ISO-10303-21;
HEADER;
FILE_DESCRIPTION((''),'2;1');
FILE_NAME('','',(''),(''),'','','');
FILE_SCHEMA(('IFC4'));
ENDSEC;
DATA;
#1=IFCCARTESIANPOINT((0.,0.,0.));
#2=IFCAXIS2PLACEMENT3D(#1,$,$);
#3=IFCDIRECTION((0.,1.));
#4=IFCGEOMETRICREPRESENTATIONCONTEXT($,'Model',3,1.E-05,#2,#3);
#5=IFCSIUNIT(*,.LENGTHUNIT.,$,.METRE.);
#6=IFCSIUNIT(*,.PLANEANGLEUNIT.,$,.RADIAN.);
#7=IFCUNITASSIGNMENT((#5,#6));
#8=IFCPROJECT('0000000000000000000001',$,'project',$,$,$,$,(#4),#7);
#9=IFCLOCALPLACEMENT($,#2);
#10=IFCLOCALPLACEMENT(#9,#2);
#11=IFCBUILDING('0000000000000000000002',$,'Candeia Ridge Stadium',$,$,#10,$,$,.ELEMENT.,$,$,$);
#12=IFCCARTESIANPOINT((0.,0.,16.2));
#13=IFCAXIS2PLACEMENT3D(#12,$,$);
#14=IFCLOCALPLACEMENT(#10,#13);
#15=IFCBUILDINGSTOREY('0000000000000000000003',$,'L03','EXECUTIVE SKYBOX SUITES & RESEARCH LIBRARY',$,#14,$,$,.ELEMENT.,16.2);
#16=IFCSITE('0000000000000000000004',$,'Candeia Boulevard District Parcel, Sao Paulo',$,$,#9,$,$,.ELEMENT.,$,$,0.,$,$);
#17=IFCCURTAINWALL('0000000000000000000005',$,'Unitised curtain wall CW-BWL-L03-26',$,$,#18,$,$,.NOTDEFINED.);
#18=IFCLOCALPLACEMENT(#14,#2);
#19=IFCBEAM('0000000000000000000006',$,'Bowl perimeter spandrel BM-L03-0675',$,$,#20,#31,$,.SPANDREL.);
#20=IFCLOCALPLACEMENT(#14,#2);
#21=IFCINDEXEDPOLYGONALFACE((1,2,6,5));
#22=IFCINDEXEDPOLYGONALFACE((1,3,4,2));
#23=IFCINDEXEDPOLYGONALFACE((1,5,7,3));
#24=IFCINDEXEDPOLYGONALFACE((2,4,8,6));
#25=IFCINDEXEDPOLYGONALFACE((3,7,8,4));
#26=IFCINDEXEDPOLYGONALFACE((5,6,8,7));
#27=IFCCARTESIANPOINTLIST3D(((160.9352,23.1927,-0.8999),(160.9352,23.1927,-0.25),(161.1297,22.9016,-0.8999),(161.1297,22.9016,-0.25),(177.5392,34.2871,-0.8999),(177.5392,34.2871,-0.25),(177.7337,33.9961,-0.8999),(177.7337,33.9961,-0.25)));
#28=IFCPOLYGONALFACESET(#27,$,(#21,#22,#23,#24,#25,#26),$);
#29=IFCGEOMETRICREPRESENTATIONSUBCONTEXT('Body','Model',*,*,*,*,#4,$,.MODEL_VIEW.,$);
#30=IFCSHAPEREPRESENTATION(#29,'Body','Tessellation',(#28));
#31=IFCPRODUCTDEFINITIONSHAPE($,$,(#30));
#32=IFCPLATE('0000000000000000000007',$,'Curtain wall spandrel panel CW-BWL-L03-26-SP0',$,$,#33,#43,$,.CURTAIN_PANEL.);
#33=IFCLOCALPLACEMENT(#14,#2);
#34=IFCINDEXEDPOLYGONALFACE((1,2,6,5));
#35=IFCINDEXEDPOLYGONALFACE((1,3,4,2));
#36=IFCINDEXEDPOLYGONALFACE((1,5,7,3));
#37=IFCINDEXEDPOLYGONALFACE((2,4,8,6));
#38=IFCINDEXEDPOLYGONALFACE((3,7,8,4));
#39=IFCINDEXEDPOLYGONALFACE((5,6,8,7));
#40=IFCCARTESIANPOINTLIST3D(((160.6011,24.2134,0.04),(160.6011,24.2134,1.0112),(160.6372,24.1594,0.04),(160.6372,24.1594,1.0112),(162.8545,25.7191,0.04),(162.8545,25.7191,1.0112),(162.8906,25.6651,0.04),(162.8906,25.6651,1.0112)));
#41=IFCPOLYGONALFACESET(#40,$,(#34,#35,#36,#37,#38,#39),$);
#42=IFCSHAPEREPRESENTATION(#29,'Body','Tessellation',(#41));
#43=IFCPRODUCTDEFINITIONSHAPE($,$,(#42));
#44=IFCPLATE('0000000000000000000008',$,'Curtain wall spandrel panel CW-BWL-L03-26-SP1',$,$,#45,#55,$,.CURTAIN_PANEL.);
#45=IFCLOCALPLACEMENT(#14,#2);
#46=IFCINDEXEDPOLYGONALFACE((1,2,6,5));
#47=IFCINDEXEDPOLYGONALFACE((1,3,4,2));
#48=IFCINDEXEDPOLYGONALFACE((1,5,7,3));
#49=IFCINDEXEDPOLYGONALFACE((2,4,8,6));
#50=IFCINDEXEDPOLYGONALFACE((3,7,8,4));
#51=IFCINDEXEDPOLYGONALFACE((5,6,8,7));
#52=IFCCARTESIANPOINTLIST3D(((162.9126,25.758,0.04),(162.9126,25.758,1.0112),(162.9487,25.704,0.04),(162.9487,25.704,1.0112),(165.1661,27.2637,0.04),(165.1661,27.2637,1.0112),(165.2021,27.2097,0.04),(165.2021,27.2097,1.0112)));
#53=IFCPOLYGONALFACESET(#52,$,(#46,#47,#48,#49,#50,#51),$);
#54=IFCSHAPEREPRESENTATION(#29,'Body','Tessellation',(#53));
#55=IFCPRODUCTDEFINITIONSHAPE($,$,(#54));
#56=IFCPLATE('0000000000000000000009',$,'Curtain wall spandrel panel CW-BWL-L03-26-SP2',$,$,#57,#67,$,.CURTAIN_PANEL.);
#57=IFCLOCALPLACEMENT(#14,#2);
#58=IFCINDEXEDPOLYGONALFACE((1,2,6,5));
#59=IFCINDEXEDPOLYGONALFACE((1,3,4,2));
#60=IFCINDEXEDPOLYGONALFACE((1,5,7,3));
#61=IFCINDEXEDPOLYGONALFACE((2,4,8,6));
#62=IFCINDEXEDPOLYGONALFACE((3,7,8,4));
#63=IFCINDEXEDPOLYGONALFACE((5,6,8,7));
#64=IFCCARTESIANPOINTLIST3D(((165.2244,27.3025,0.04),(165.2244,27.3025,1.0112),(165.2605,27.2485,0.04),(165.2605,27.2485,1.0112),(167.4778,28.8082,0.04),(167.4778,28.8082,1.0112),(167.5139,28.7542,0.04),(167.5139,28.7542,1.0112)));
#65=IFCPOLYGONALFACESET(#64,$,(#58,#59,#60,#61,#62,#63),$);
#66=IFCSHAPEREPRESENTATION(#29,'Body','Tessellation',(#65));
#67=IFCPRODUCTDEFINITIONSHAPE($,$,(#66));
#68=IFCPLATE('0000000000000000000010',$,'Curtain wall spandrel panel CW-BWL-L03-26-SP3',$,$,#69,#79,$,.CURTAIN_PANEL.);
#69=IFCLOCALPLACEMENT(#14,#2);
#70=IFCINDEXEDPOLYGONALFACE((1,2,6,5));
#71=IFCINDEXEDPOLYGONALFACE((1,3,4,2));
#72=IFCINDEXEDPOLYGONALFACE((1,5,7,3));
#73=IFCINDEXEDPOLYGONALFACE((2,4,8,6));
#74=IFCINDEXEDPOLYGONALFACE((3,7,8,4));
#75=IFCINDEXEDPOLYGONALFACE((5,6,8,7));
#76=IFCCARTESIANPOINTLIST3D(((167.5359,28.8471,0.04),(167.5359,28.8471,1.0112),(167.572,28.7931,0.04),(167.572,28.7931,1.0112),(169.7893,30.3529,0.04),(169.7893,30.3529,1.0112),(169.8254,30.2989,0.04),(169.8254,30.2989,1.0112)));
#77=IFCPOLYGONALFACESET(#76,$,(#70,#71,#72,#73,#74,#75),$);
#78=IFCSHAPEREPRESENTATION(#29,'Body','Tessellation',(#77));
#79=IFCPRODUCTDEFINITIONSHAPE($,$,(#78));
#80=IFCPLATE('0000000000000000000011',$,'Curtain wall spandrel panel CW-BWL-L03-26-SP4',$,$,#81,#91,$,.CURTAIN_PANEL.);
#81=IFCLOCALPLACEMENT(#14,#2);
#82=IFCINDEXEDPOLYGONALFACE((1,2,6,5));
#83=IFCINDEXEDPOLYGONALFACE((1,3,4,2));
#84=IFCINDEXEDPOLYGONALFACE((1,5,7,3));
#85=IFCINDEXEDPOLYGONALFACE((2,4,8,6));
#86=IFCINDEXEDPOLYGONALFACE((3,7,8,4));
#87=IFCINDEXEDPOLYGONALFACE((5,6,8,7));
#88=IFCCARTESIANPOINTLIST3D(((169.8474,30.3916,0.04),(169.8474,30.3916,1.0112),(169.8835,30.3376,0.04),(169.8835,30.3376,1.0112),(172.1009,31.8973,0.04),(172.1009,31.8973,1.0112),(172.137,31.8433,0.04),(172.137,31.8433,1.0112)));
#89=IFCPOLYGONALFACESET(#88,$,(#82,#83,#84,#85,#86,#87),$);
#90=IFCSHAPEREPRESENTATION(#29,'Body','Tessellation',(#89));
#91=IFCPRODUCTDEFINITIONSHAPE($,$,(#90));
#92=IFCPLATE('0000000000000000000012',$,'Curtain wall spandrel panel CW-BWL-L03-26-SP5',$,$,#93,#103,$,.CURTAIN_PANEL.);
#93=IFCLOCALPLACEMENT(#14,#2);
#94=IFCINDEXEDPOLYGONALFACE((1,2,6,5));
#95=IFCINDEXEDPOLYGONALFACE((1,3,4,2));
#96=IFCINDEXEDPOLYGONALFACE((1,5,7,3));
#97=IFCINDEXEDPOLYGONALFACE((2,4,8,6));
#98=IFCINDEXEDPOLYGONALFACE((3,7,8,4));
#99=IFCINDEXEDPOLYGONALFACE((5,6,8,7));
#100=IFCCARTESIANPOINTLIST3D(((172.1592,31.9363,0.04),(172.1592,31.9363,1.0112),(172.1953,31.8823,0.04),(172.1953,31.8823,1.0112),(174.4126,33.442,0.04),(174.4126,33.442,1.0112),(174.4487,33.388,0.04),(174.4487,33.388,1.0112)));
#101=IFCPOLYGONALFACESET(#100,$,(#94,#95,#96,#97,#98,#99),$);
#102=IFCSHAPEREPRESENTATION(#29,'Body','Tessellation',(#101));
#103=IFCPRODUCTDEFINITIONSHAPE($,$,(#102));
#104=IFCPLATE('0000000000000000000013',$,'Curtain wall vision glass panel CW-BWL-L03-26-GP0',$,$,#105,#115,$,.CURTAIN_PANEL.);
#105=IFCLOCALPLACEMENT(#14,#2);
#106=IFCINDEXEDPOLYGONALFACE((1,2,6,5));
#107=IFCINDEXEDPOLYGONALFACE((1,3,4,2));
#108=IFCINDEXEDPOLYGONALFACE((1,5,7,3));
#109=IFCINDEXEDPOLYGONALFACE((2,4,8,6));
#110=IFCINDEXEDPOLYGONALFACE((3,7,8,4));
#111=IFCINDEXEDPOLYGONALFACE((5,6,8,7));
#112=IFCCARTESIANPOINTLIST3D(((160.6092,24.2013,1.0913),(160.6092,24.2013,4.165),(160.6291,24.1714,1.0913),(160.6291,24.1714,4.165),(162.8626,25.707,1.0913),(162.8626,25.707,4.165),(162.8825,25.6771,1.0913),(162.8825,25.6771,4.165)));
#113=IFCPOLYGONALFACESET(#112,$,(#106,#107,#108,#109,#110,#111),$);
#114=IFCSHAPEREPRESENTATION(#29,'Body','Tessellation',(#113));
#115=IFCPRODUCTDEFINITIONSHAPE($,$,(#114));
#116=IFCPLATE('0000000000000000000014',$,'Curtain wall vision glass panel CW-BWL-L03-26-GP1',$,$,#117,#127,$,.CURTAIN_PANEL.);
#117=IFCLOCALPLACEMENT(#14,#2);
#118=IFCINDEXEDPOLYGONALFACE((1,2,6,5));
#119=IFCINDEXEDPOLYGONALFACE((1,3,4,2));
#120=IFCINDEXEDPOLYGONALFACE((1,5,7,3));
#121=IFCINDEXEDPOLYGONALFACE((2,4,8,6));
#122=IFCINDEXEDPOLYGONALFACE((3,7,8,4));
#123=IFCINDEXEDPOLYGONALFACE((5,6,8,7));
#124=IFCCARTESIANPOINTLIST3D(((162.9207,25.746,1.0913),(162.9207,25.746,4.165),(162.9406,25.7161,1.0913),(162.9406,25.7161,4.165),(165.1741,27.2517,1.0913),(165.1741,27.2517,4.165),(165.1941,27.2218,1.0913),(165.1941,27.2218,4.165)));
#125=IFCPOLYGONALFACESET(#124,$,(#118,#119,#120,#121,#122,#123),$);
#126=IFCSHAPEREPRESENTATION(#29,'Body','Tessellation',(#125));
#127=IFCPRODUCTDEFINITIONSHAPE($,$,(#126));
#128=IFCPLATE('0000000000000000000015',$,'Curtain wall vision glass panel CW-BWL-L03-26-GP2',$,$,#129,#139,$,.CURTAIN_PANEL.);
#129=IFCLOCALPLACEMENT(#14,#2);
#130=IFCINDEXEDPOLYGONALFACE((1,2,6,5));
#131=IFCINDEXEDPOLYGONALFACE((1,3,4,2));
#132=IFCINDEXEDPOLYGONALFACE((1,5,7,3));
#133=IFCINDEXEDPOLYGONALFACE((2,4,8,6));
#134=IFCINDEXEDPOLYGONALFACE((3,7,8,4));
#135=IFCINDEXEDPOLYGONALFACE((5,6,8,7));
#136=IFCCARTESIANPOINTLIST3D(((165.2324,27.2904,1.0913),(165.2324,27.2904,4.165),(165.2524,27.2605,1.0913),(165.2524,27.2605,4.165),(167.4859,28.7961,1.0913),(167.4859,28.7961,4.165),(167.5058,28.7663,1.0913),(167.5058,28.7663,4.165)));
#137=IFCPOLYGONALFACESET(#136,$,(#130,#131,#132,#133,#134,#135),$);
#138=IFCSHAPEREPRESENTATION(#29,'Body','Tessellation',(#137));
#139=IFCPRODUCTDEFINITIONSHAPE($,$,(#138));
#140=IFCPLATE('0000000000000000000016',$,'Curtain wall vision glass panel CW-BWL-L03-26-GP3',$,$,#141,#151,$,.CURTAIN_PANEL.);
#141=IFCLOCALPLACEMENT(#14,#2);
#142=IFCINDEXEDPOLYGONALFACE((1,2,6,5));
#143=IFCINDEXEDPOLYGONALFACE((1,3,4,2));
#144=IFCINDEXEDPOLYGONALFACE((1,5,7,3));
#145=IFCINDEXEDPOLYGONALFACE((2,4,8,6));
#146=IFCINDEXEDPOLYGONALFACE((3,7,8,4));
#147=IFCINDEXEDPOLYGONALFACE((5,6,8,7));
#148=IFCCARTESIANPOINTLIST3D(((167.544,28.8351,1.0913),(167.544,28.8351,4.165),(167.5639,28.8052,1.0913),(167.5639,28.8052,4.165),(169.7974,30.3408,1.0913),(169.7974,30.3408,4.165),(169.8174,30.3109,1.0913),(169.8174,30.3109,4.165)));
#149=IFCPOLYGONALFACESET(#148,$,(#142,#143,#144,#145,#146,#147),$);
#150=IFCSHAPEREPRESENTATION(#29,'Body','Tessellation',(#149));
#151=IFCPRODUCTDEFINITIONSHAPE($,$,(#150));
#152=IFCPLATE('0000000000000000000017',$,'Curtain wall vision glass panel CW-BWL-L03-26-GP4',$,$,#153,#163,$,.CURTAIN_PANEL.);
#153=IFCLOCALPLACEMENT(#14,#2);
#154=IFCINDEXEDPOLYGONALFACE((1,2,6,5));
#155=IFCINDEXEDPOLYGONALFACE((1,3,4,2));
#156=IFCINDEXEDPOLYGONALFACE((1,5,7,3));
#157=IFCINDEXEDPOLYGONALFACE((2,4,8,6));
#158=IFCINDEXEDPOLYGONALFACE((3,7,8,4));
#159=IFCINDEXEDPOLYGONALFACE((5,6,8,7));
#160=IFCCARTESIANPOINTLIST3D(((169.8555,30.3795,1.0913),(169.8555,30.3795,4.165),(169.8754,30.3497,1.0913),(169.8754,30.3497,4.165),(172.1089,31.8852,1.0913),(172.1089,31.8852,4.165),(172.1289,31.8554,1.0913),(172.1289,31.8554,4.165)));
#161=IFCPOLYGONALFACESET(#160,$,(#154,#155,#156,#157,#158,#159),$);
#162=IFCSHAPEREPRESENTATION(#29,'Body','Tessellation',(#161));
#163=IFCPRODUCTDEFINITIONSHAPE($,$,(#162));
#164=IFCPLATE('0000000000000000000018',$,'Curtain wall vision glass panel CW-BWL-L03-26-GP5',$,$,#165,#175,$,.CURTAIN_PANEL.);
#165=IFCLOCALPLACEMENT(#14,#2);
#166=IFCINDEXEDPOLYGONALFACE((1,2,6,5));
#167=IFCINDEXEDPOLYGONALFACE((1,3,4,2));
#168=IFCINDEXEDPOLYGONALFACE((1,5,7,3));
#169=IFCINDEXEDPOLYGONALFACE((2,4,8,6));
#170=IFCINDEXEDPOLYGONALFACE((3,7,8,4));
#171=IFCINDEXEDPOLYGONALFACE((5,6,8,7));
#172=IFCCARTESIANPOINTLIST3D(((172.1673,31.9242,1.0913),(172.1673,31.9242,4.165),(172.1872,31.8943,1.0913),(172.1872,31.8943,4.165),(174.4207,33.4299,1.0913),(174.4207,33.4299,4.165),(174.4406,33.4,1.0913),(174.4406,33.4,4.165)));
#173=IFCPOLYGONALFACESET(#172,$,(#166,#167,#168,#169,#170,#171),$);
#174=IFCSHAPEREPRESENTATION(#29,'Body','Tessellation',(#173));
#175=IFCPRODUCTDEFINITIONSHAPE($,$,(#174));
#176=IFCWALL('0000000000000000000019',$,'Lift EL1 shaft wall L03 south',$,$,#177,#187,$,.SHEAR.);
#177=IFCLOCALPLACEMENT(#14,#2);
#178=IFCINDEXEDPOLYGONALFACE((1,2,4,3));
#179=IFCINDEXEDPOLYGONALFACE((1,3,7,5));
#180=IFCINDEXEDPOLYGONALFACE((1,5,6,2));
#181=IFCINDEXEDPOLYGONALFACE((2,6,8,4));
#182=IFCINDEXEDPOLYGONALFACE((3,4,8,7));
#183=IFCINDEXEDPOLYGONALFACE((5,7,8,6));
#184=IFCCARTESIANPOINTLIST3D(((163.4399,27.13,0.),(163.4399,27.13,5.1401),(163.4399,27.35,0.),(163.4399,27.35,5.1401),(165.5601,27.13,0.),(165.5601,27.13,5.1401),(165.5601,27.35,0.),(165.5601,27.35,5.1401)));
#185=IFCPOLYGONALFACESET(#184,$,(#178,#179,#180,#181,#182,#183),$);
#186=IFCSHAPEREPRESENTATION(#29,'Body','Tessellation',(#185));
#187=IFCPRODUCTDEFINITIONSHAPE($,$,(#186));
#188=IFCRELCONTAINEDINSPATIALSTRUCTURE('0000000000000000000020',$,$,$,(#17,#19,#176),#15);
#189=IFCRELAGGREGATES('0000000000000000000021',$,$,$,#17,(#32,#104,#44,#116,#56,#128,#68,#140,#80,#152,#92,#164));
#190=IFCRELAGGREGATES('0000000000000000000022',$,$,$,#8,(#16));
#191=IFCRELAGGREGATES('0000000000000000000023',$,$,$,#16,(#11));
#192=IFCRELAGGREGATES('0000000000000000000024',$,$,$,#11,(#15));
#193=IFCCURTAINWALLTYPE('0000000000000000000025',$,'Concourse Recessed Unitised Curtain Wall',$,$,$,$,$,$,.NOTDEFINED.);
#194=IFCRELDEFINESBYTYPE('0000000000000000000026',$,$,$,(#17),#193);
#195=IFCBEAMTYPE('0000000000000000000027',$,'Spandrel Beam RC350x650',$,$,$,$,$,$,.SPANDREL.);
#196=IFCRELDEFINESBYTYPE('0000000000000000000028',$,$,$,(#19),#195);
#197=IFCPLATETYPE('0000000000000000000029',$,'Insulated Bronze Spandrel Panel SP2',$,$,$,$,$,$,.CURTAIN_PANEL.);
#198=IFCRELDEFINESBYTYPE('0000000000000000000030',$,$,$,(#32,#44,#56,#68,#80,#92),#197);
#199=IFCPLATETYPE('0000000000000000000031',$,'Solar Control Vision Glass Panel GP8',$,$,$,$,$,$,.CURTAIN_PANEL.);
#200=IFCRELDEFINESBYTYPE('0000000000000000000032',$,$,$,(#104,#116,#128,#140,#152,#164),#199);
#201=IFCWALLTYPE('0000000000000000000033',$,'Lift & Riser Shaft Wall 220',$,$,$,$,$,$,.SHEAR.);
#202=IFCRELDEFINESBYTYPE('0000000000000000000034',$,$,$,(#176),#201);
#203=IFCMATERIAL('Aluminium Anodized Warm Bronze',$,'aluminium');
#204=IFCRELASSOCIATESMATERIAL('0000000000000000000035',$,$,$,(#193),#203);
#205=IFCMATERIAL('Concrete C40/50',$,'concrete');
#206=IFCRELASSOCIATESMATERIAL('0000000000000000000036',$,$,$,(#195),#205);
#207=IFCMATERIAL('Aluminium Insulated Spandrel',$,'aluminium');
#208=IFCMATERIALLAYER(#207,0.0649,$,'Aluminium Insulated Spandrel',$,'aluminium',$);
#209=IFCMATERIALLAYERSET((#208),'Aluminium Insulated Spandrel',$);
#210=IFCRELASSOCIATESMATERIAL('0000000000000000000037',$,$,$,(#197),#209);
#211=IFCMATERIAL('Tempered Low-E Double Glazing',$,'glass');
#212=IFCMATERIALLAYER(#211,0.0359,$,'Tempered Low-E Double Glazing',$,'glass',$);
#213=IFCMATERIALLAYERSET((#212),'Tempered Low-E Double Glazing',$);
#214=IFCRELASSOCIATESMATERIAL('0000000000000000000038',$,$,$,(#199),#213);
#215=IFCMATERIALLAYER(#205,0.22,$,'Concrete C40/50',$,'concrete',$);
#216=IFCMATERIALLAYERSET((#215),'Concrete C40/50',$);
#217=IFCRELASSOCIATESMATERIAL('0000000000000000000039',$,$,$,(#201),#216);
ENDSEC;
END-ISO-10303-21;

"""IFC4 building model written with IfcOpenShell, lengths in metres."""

from ifc_helpers import new_model, si_unit, direction, frame, frame_2d, origin, origin_2d, place, context, subcontext, project, spatial, rectangle, extrude, material, layer, layer_set, material_profile, profile_set, type_object, element, aggregate, save


model = new_model("IFC4")

# Units and contexts
model_context = context("Model", 3, precision=1e-05, world=origin(), true_north=direction((0.0, 1.0)))
body_context = subcontext(model_context, "Body", "Model", "MODEL_VIEW")
ifc_project = project(units=[si_unit("LENGTHUNIT", "METRE"), si_unit("PLANEANGLEUNIT", "RADIAN")], contexts=[model_context])

# Site, building, storey
site_placement = place(None, origin())
site = spatial("IfcSite", under=ifc_project, at=site_placement, Name="Candeia Boulevard District Parcel, Sao Paulo", CompositionType="ELEMENT", RefElevation=0.0)
building_placement = place(site_placement, origin())
building = spatial("IfcBuilding", under=site, at=building_placement, Name="Candeia Ridge Stadium", CompositionType="ELEMENT")
storey_placement = place(building_placement, frame((0.0, 0.0, 16.2)))
storey = spatial("IfcBuildingStorey", under=building, at=storey_placement, Name="L03", Description="EXECUTIVE SKYBOX SUITES & RESEARCH LIBRARY", CompositionType="ELEMENT", Elevation=16.2)

# Shared definitions
ifc_material_1 = material(Name="Concrete C40/50", Category="concrete")

# Shared definitions
ifc_material_2 = material(Name="Aluminium Anodized Warm Bronze", Category="aluminium")
curtain_wall_type = type_object("IfcCurtainWallType", Name="Concourse Recessed Unitised Curtain Wall", PredefinedType="NOTDEFINED", material=ifc_material_2)

# Curtain wall
curtain_wall_1_placement = place(storey_placement, origin())
curtain_wall_1 = element("IfcCurtainWall", 1, at=curtain_wall_1_placement, inside=storey, type_object=curtain_wall_type, Name="Unitised curtain wall CW-BWL-L03-26", PredefinedType="NOTDEFINED")

# Beam
ifc_material_profile_1 = material_profile(ifc_material_1, rectangle(XDim=0.3501, YDim=0.6499, at=origin_2d()), Name="RC350x650", Category="concrete")
ifc_profile_set_1 = profile_set([ifc_material_profile_1], Name="Concrete C40/50")
beam_type_1 = type_object("IfcBeamType", Name="Spandrel Beam RC350x650", PredefinedType="SPANDREL", material=ifc_profile_set_1)
beam_1_placement = place(storey_placement, frame((161.0325, 23.0471, -0.575), z_axis=(0.831469, 0.555572, 0.0), x_axis=(-0.555572, 0.831469, 0.0)))
element("IfcBeam", 2, at=beam_1_placement, inside=storey, type_object=beam_type_1, Name="Bowl perimeter spandrel BM-L03-0675", PredefinedType="SPANDREL", context=body_context, shape_type="SweptSolid", body=[
    extrude(rectangle(XDim=0.3501, YDim=0.6499, at=origin_2d()), origin(), (0.0, 0.0, 1.0), 19.9695),
])

# Plates
ifc_material_3 = material(Name="Aluminium Insulated Spandrel", Category="aluminium")
ifc_layer_1 = layer(ifc_material_3, 0.0649, Name="Aluminium Insulated Spandrel", Category="aluminium")
ifc_layer_set_1 = layer_set([ifc_layer_1], Name="Aluminium Insulated Spandrel")
plate_type_1 = type_object("IfcPlateType", Name="Insulated Bronze Spandrel Panel SP2", PredefinedType="CURTAIN_PANEL", material=ifc_layer_set_1)
plate_1_placement = place(storey_placement, frame((161.7458, 24.9392, 0.04), z_axis=(0.0, 0.0, 1.0), x_axis=(0.831469, 0.555571, 0.0)))
plate_1 = element("IfcPlate", 3, at=plate_1_placement, type_object=plate_type_1, Name="Curtain wall spandrel panel CW-BWL-L03-26-SP0", PredefinedType="CURTAIN_PANEL", context=body_context, shape_type="SweptSolid", body=[
    extrude(rectangle(XDim=2.7102, YDim=0.0649, at=origin_2d()), origin(), (0.0, 0.0, 1.0), 0.9712),
])
plate_2_placement = place(storey_placement, frame((164.0574, 26.4839, 0.04), z_axis=(0.0, 0.0, 1.0), x_axis=(0.831469, 0.555571, 0.0)))
plate_2 = element("IfcPlate", 4, at=plate_2_placement, type_object=plate_type_1, Name="Curtain wall spandrel panel CW-BWL-L03-26-SP1", PredefinedType="CURTAIN_PANEL", context=body_context, shape_type="SweptSolid", body=[
    extrude(rectangle(XDim=2.7102, YDim=0.0649, at=origin_2d()), origin(), (0.0, 0.0, 1.0), 0.9712),
])
plate_3_placement = place(storey_placement, frame((166.3691, 28.0283, 0.04), z_axis=(0.0, 0.0, 1.0), x_axis=(0.831469, 0.555571, 0.0)))
plate_3 = element("IfcPlate", 5, at=plate_3_placement, type_object=plate_type_1, Name="Curtain wall spandrel panel CW-BWL-L03-26-SP2", PredefinedType="CURTAIN_PANEL", context=body_context, shape_type="SweptSolid", body=[
    extrude(rectangle(XDim=2.7102, YDim=0.0649, at=origin_2d()), origin(), (0.0, 0.0, 1.0), 0.9712),
])
plate_4_placement = place(storey_placement, frame((168.6807, 29.573, 0.04), z_axis=(0.0, 0.0, 1.0), x_axis=(0.831469, 0.555571, 0.0)))
plate_4 = element("IfcPlate", 6, at=plate_4_placement, type_object=plate_type_1, Name="Curtain wall spandrel panel CW-BWL-L03-26-SP3", PredefinedType="CURTAIN_PANEL", context=body_context, shape_type="SweptSolid", body=[
    extrude(rectangle(XDim=2.7102, YDim=0.0649, at=origin_2d()), origin(), (0.0, 0.0, 1.0), 0.9712),
])
plate_5_placement = place(storey_placement, frame((170.9922, 31.1174, 0.04), z_axis=(0.0, 0.0, 1.0), x_axis=(0.831469, 0.555571, 0.0)))
plate_5 = element("IfcPlate", 7, at=plate_5_placement, type_object=plate_type_1, Name="Curtain wall spandrel panel CW-BWL-L03-26-SP4", PredefinedType="CURTAIN_PANEL", context=body_context, shape_type="SweptSolid", body=[
    extrude(rectangle(XDim=2.7102, YDim=0.0649, at=origin_2d()), origin(), (0.0, 0.0, 1.0), 0.9712),
])
plate_6_placement = place(storey_placement, frame((173.304, 32.6621, 0.04), z_axis=(0.0, 0.0, 1.0), x_axis=(0.831469, 0.555571, 0.0)))
plate_6 = element("IfcPlate", 8, at=plate_6_placement, type_object=plate_type_1, Name="Curtain wall spandrel panel CW-BWL-L03-26-SP5", PredefinedType="CURTAIN_PANEL", context=body_context, shape_type="SweptSolid", body=[
    extrude(rectangle(XDim=2.7102, YDim=0.0649, at=origin_2d()), origin(), (0.0, 0.0, 1.0), 0.9712),
])
ifc_material_4 = material(Name="Tempered Low-E Double Glazing", Category="glass")
ifc_layer_2 = layer(ifc_material_4, 0.0359, Name="Tempered Low-E Double Glazing", Category="glass")
ifc_layer_set_2 = layer_set([ifc_layer_2], Name="Tempered Low-E Double Glazing")
plate_type_2 = type_object("IfcPlateType", Name="Solar Control Vision Glass Panel GP8", PredefinedType="CURTAIN_PANEL", material=ifc_layer_set_2)
plate_7_placement = place(storey_placement, frame((161.7458, 24.9392, 1.0913), z_axis=(0.0, 0.0, 1.0), x_axis=(0.831469, 0.555571, 0.0)))
plate_7 = element("IfcPlate", 9, at=plate_7_placement, type_object=plate_type_2, Name="Curtain wall vision glass panel CW-BWL-L03-26-GP0", PredefinedType="CURTAIN_PANEL", context=body_context, shape_type="SweptSolid", body=[
    extrude(rectangle(XDim=2.7102, YDim=0.0359, at=origin_2d()), origin(), (0.0, 0.0, 1.0), 3.0737),
])
plate_8_placement = place(storey_placement, frame((164.0574, 26.4839, 1.0913), z_axis=(0.0, 0.0, 1.0), x_axis=(0.831469, 0.555571, 0.0)))
plate_8 = element("IfcPlate", 10, at=plate_8_placement, type_object=plate_type_2, Name="Curtain wall vision glass panel CW-BWL-L03-26-GP1", PredefinedType="CURTAIN_PANEL", context=body_context, shape_type="SweptSolid", body=[
    extrude(rectangle(XDim=2.7102, YDim=0.0359, at=origin_2d()), origin(), (0.0, 0.0, 1.0), 3.0737),
])
plate_9_placement = place(storey_placement, frame((166.3691, 28.0283, 1.0913), z_axis=(0.0, 0.0, 1.0), x_axis=(0.831469, 0.555571, 0.0)))
plate_9 = element("IfcPlate", 11, at=plate_9_placement, type_object=plate_type_2, Name="Curtain wall vision glass panel CW-BWL-L03-26-GP2", PredefinedType="CURTAIN_PANEL", context=body_context, shape_type="SweptSolid", body=[
    extrude(rectangle(XDim=2.7102, YDim=0.0359, at=origin_2d()), origin(), (0.0, 0.0, 1.0), 3.0737),
])
plate_10_placement = place(storey_placement, frame((168.6807, 29.573, 1.0913), z_axis=(0.0, 0.0, 1.0), x_axis=(0.831469, 0.555571, 0.0)))
plate_10 = element("IfcPlate", 12, at=plate_10_placement, type_object=plate_type_2, Name="Curtain wall vision glass panel CW-BWL-L03-26-GP3", PredefinedType="CURTAIN_PANEL", context=body_context, shape_type="SweptSolid", body=[
    extrude(rectangle(XDim=2.7102, YDim=0.0359, at=origin_2d()), origin(), (0.0, 0.0, 1.0), 3.0737),
])
plate_11_placement = place(storey_placement, frame((170.9922, 31.1174, 1.0913), z_axis=(0.0, 0.0, 1.0), x_axis=(0.831469, 0.555571, 0.0)))
plate_11 = element("IfcPlate", 13, at=plate_11_placement, type_object=plate_type_2, Name="Curtain wall vision glass panel CW-BWL-L03-26-GP4", PredefinedType="CURTAIN_PANEL", context=body_context, shape_type="SweptSolid", body=[
    extrude(rectangle(XDim=2.7102, YDim=0.0359, at=origin_2d()), origin(), (0.0, 0.0, 1.0), 3.0737),
])
plate_12_placement = place(storey_placement, frame((173.304, 32.6621, 1.0913), z_axis=(0.0, 0.0, 1.0), x_axis=(0.831469, 0.555571, 0.0)))
plate_12 = element("IfcPlate", 14, at=plate_12_placement, type_object=plate_type_2, Name="Curtain wall vision glass panel CW-BWL-L03-26-GP5", PredefinedType="CURTAIN_PANEL", context=body_context, shape_type="SweptSolid", body=[
    extrude(rectangle(XDim=2.7102, YDim=0.0359, at=origin_2d()), origin(), (0.0, 0.0, 1.0), 3.0737),
])
aggregate(curtain_wall_1, [plate_1, plate_7, plate_2, plate_8, plate_3, plate_9, plate_4, plate_10, plate_5, plate_11, plate_6, plate_12])

# Wall
ifc_layer_3 = layer(ifc_material_1, 0.22, Name="Concrete C40/50", Category="concrete")
ifc_layer_set_3 = layer_set([ifc_layer_3], Name="Concrete C40/50")
wall_type = type_object("IfcWallType", Name="Lift & Riser Shaft Wall 220", PredefinedType="SHEAR", material=ifc_layer_set_3)
wall_1_placement = place(storey_placement, frame((163.4399, 27.24, 0.0), z_axis=(0.0, 0.0, 1.0), x_axis=(1.0, 0.0, 0.0)))
element("IfcWall", 15, at=wall_1_placement, inside=storey, type_object=wall_type, Name="Lift EL1 shaft wall L03 south", PredefinedType="SHEAR", context=body_context, shape_type="SweptSolid", body=[
    extrude(rectangle(XDim=2.1201, YDim=0.22, at=frame_2d((1.0601, 0.0))), origin(), (0.0, 0.0, 1.0), 5.1401),
])

save(model, "model.ifc")
